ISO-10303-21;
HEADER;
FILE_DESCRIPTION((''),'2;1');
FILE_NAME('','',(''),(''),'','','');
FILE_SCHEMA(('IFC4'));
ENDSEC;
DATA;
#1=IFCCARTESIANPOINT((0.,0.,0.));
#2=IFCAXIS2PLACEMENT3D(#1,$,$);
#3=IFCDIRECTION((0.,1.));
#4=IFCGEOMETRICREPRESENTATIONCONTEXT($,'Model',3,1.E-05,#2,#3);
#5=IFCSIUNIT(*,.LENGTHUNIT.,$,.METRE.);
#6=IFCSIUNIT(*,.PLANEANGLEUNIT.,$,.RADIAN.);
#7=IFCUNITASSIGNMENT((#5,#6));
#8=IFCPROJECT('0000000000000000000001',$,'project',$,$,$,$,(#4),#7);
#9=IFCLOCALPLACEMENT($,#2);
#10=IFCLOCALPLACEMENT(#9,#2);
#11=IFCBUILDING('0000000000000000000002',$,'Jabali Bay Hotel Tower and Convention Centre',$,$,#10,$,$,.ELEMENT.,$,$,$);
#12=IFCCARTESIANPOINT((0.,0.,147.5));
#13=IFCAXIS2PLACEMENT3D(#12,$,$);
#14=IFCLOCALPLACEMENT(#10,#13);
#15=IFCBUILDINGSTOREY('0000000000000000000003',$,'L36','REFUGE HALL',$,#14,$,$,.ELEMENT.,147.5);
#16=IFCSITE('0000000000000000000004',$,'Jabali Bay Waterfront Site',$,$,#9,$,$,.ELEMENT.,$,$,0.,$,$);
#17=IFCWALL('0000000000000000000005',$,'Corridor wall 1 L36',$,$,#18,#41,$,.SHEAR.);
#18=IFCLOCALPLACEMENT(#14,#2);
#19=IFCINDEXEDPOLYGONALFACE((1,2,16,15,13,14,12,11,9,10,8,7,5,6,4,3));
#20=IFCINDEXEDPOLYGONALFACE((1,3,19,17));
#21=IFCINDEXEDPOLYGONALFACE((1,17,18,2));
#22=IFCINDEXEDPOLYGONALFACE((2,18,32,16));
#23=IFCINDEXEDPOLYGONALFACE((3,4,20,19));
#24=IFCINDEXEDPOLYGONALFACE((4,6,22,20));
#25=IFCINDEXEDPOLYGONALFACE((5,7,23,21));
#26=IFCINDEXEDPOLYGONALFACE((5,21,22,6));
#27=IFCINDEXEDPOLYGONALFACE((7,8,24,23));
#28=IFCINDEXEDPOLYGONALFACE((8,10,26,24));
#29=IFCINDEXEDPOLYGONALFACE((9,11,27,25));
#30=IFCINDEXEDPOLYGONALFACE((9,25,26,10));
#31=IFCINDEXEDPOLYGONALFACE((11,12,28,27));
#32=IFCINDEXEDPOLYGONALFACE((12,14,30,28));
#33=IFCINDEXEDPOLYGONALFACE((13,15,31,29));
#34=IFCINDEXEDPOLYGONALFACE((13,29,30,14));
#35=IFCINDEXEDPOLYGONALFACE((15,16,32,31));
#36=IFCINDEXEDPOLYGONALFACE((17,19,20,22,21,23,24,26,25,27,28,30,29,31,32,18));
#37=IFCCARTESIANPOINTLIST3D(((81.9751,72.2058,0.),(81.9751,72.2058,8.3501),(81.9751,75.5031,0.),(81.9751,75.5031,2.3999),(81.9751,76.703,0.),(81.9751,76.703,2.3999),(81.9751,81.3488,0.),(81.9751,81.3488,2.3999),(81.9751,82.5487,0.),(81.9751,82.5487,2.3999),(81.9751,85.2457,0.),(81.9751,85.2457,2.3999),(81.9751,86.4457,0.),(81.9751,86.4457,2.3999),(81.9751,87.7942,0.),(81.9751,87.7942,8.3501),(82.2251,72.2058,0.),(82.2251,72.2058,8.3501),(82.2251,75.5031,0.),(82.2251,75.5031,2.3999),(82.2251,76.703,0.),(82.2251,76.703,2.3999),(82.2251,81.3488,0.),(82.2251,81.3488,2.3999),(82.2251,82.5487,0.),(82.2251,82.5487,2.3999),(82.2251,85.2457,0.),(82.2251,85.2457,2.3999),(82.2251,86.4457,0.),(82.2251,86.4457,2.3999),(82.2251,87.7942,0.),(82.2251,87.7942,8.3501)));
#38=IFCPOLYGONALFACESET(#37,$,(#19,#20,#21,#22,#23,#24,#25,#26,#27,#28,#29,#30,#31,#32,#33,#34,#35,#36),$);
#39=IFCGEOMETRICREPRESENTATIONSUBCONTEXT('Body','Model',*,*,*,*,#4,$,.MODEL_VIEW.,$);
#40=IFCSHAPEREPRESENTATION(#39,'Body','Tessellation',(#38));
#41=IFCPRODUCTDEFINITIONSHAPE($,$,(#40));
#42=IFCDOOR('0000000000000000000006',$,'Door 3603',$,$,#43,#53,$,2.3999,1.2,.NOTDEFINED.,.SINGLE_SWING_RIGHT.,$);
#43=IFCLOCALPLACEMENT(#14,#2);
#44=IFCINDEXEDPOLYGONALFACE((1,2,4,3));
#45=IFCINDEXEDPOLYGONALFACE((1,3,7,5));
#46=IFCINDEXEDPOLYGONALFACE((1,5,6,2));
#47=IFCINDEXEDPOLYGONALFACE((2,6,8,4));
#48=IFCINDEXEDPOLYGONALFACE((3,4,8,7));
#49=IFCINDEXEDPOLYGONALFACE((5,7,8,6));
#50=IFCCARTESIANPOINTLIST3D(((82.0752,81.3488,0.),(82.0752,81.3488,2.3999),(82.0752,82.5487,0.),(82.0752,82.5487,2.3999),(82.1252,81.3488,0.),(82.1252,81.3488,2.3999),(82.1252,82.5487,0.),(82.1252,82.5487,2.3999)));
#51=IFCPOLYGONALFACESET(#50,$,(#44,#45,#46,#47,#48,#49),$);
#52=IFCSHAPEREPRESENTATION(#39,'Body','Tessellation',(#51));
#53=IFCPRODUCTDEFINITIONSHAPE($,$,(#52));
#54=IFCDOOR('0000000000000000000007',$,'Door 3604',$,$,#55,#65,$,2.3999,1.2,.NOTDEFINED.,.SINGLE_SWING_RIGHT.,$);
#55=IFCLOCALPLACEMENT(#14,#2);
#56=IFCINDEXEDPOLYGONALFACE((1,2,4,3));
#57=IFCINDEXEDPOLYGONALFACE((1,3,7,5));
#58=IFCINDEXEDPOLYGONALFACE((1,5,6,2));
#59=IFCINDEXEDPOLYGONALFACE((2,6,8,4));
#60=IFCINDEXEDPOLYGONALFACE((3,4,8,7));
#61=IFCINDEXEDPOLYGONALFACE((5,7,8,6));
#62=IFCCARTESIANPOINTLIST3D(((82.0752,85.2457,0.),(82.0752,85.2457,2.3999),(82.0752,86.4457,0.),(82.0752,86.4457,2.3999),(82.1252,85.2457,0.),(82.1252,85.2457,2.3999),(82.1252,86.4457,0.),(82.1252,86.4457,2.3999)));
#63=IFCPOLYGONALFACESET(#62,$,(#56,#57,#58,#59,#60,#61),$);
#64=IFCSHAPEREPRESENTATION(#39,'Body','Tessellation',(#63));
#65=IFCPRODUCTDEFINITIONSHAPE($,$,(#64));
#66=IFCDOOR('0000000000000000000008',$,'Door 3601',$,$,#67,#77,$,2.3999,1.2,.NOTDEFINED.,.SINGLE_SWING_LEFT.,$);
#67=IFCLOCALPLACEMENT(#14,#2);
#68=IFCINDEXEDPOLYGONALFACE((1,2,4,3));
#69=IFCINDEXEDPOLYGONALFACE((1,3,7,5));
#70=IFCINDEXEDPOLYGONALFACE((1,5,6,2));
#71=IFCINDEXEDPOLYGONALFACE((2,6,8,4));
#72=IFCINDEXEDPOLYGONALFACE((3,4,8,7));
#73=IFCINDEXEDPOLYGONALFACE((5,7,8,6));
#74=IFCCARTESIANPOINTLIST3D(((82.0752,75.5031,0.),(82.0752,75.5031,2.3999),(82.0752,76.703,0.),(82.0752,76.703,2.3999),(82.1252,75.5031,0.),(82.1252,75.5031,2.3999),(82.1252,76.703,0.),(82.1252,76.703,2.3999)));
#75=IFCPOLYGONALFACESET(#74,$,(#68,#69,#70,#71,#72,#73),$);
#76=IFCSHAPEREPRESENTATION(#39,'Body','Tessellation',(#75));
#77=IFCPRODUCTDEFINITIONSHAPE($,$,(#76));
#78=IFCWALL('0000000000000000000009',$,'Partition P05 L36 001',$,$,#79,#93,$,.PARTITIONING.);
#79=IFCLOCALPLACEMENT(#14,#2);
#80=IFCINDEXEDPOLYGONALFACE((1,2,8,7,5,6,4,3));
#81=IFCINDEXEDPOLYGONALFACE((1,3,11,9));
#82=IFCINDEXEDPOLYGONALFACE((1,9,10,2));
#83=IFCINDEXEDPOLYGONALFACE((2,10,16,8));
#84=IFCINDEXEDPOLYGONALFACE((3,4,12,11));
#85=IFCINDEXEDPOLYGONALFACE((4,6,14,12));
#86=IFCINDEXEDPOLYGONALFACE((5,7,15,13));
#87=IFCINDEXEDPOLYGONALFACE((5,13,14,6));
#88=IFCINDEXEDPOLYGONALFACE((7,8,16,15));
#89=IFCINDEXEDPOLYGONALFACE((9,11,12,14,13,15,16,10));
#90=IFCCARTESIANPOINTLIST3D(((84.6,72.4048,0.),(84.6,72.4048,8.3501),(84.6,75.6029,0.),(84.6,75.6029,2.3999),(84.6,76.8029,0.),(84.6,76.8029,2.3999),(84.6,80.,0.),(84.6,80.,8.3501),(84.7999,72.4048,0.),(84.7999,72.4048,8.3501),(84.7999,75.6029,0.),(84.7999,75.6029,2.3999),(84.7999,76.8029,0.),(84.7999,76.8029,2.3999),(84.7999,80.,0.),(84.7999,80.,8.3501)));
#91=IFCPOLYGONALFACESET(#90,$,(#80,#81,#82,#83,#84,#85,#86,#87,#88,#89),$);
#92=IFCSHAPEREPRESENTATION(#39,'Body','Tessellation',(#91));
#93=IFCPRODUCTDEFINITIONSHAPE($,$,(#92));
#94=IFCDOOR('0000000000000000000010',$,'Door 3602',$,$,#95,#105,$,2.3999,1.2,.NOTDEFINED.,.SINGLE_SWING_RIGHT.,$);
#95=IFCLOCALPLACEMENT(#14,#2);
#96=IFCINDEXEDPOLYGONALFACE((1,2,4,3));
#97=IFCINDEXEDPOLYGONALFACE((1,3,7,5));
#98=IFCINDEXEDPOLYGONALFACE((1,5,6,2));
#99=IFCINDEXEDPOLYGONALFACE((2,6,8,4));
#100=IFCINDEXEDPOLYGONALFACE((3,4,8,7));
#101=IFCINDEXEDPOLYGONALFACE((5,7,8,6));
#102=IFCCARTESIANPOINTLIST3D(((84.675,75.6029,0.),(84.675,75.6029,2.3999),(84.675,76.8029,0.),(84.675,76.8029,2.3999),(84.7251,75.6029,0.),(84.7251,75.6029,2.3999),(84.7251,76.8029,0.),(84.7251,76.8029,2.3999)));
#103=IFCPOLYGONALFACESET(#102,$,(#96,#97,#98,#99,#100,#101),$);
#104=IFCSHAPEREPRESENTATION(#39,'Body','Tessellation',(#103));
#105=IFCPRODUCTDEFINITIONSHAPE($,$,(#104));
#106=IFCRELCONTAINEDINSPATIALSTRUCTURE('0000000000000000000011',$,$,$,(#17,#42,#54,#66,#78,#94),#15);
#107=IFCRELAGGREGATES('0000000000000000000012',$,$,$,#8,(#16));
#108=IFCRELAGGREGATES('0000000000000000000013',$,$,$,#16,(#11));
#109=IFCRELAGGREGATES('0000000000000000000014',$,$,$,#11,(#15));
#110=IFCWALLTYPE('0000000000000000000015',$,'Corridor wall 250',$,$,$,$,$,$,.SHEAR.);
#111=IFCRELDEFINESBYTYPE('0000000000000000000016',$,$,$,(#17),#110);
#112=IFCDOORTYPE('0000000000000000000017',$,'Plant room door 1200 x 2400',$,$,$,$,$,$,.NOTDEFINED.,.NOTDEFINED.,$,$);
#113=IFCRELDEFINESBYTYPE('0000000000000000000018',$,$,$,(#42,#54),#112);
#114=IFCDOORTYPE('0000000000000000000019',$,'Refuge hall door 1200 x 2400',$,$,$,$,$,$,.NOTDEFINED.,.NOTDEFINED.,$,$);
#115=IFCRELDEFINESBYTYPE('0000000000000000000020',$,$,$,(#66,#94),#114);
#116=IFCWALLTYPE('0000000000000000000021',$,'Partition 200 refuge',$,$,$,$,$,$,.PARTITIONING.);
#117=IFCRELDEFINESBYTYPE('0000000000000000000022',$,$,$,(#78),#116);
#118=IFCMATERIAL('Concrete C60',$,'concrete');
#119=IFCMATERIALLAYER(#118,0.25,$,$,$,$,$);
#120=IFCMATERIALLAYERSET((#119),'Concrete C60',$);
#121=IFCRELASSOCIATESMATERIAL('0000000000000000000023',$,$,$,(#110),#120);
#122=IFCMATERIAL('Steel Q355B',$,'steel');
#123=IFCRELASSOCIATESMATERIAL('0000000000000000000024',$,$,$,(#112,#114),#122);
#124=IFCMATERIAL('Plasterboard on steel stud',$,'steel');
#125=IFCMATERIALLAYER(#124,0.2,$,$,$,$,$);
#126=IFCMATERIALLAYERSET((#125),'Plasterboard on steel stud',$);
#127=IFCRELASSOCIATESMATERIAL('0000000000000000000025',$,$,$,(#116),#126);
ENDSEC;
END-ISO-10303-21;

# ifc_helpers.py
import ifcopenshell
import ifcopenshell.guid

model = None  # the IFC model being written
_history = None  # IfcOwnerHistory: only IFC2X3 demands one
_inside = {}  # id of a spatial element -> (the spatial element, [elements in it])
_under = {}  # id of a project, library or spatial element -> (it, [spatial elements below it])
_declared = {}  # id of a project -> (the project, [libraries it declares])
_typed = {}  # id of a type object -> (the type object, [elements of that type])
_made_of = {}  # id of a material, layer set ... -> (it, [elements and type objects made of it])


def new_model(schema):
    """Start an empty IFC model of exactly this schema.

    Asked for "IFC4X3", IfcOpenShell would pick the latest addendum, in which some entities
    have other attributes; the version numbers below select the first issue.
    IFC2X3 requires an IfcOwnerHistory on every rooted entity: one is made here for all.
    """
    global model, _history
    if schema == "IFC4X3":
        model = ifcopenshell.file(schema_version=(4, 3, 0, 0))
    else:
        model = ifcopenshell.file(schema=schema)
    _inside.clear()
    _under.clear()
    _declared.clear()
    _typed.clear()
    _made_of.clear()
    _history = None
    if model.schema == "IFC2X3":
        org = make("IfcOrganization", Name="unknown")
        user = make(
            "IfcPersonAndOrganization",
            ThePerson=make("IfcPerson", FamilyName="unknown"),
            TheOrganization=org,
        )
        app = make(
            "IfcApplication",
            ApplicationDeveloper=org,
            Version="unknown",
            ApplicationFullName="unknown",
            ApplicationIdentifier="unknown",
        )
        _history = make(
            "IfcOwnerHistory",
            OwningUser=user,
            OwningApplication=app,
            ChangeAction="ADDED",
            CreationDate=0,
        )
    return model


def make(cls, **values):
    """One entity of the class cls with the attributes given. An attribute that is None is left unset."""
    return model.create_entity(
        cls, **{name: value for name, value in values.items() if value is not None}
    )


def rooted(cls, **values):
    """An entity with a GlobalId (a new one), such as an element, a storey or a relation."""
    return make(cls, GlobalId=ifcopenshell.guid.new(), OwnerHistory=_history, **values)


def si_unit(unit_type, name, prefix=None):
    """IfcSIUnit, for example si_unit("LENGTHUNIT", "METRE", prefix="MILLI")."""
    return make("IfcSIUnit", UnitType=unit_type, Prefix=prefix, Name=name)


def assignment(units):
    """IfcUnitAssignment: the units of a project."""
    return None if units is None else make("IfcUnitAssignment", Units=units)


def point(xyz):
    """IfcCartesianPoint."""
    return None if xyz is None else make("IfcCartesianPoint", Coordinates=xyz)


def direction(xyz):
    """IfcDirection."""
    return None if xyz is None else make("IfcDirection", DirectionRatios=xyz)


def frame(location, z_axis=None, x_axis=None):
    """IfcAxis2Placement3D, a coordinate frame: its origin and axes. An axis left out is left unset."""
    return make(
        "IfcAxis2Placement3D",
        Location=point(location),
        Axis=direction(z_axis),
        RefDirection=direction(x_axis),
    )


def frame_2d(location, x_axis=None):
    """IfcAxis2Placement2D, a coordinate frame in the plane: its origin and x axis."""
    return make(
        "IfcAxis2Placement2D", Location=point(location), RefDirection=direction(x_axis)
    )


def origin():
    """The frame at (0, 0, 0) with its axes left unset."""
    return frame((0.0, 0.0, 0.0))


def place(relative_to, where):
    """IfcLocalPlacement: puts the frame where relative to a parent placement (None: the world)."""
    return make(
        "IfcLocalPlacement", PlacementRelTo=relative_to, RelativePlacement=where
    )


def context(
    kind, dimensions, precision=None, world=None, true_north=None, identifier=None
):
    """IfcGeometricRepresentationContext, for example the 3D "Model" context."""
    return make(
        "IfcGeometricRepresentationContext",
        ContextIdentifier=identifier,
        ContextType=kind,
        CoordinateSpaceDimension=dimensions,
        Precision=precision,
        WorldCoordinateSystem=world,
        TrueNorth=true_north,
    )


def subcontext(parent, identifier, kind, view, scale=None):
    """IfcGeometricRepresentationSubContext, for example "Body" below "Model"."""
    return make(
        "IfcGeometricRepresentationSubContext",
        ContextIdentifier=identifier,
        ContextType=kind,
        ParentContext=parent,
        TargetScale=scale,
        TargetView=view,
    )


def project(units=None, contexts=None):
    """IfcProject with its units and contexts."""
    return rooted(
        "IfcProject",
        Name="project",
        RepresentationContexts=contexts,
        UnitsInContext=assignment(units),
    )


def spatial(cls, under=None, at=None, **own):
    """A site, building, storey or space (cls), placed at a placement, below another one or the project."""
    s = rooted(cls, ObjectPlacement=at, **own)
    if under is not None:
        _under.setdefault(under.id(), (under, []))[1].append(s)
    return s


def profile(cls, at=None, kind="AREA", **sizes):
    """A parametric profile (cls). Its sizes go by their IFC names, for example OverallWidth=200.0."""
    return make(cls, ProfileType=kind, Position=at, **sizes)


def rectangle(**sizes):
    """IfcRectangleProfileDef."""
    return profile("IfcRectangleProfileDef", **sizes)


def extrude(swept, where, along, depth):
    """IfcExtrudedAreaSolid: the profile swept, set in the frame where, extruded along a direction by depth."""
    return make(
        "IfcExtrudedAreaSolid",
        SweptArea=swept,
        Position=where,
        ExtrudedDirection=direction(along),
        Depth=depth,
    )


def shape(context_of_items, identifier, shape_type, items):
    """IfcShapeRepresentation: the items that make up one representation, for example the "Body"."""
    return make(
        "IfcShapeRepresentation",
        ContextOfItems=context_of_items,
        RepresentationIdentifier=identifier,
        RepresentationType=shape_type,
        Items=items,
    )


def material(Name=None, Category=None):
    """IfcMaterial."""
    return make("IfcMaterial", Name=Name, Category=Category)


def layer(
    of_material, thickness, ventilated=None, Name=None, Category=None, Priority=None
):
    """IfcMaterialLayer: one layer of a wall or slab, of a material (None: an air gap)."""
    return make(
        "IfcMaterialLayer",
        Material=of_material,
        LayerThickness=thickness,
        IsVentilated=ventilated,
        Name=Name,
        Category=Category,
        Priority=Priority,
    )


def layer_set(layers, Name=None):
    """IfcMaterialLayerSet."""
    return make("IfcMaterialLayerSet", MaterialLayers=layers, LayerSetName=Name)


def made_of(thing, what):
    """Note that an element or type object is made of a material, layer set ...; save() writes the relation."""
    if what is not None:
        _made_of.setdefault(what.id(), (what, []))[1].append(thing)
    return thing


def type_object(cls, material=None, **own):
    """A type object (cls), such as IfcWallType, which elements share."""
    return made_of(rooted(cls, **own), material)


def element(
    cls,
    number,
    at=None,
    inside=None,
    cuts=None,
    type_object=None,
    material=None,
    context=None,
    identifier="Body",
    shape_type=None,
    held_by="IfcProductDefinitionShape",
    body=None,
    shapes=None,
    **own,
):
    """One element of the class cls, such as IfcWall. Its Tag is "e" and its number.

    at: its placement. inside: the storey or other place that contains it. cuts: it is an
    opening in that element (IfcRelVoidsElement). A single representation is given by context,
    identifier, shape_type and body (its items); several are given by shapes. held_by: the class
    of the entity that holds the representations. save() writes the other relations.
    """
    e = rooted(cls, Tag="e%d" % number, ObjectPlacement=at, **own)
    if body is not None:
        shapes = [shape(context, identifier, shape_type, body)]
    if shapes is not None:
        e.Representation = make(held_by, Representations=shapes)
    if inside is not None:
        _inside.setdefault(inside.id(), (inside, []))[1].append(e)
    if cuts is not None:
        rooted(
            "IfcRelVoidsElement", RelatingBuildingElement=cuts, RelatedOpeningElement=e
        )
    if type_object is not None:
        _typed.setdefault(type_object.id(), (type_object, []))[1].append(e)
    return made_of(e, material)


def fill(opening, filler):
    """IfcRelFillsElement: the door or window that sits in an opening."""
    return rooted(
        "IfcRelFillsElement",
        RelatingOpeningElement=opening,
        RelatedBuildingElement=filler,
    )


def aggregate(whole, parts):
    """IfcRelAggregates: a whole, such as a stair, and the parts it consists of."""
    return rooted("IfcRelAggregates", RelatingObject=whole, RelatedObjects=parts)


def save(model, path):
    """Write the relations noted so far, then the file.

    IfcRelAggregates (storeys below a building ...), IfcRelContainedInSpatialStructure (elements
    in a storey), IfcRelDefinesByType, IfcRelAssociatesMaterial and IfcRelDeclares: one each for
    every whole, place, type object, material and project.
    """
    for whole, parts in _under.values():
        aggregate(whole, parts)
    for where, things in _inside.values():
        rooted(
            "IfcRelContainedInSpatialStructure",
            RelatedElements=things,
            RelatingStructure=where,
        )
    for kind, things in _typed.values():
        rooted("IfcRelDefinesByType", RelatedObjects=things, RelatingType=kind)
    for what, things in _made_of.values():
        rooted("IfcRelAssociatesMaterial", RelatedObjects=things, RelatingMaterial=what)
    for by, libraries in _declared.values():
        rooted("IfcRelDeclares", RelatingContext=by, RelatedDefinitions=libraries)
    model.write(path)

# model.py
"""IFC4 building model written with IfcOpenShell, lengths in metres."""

from ifc_helpers import new_model, si_unit, direction, frame, frame_2d, origin, place, context, subcontext, project, spatial, rectangle, extrude, material, layer, layer_set, type_object, element, fill, save


model = new_model("IFC4")

# Units and contexts
model_context = context("Model", 3, precision=1e-05, world=origin(), true_north=direction((0.0, 1.0)))
body_context = subcontext(model_context, "Body", "Model", "MODEL_VIEW")
ifc_project = project(units=[si_unit("LENGTHUNIT", "METRE"), si_unit("PLANEANGLEUNIT", "RADIAN")], contexts=[model_context])

# Site, building, storey
site_placement = place(None, origin())
site = spatial("IfcSite", under=ifc_project, at=site_placement, Name="Jabali Bay Waterfront Site", CompositionType="ELEMENT", RefElevation=0.0)
building_placement = place(site_placement, origin())
building = spatial("IfcBuilding", under=site, at=building_placement, Name="Jabali Bay Hotel Tower and Convention Centre", CompositionType="ELEMENT")
storey_placement = place(building_placement, frame((0.0, 0.0, 147.5)))
storey = spatial("IfcBuildingStorey", under=building, at=storey_placement, Name="L36", Description="REFUGE HALL", CompositionType="ELEMENT", Elevation=147.5)

# Shared definitions
ifc_material_1 = material(Name="Concrete C60", Category="concrete")

# Wall, openings, doors
ifc_layer_1 = layer(ifc_material_1, 0.25)
ifc_layer_set_1 = layer_set([ifc_layer_1], Name="Concrete C60")
wall_type_1 = type_object("IfcWallType", Name="Corridor wall 250", PredefinedType="SHEAR", material=ifc_layer_set_1)
wall_1_placement = place(storey_placement, frame((82.1001, 72.2058, 0.0), z_axis=(0.0, 0.0, 1.0), x_axis=(0.0, 1.0, 0.0)))
wall_1 = element("IfcWall", 1, at=wall_1_placement, inside=storey, type_object=wall_type_1, Name="Corridor wall 1 L36", PredefinedType="SHEAR", context=body_context, shape_type="SweptSolid", body=[
    extrude(rectangle(XDim=15.5884, YDim=0.25, at=frame_2d((7.7942, 0.0))), origin(), (0.0, 0.0, 1.0), 8.3501),
])
opening_1_placement = place(wall_1_placement, frame((3.2971, 0.0, 0.0)))
opening_1 = element("IfcOpeningElement", 2, at=opening_1_placement, cuts=wall_1, PredefinedType="OPENING", context=body_context, shape_type="SweptSolid", body=[
    extrude(rectangle(XDim=1.2, YDim=2.3999, at=frame_2d((0.6001, 1.2))), frame((0.0, 0.1355, 0.0), z_axis=(0.0, -1.0, 0.0), x_axis=(1.0, 0.0, 0.0)), (0.0, 0.0, 1.0), 0.271),
])
opening_2_placement = place(wall_1_placement, frame((9.1428, 0.0, 0.0)))
opening_2 = element("IfcOpeningElement", 3, at=opening_2_placement, cuts=wall_1, PredefinedType="OPENING", context=body_context, shape_type="SweptSolid", body=[
    extrude(rectangle(XDim=1.2, YDim=2.3999, at=frame_2d((0.6001, 1.2))), frame((0.0, 0.1355, 0.0), z_axis=(0.0, -1.0, 0.0), x_axis=(1.0, 0.0, 0.0)), (0.0, 0.0, 1.0), 0.271),
])
opening_3_placement = place(wall_1_placement, frame((13.0398, 0.0, 0.0)))
opening_3 = element("IfcOpeningElement", 4, at=opening_3_placement, cuts=wall_1, PredefinedType="OPENING", context=body_context, shape_type="SweptSolid", body=[
    extrude(rectangle(XDim=1.2, YDim=2.3999, at=frame_2d((0.6001, 1.2))), frame((0.0, 0.1355, 0.0), z_axis=(0.0, -1.0, 0.0), x_axis=(1.0, 0.0, 0.0)), (0.0, 0.0, 1.0), 0.271),
])
ifc_material_2 = material(Name="Steel Q355B", Category="steel")
door_type_1 = type_object("IfcDoorType", Name="Plant room door 1200 x 2400", OperationType="NOTDEFINED", PredefinedType="NOTDEFINED", material=ifc_material_2)
door_1_placement = place(opening_2_placement, origin())
door_1 = element("IfcDoor", 5, at=door_1_placement, inside=storey, type_object=door_type_1, Name="Door 3603", OperationType="SINGLE_SWING_RIGHT", OverallHeight=2.3999, OverallWidth=1.2, PredefinedType="NOTDEFINED", context=body_context, shape_type="SweptSolid", body=[
    extrude(rectangle(XDim=1.2, YDim=2.3999, at=frame_2d((0.6001, 1.2))), frame((0.0, 0.0249, 0.0), z_axis=(0.0, -1.0, 0.0), x_axis=(1.0, 0.0, 0.0)), (0.0, 0.0, 1.0), 0.05),
])
fill(opening_2, door_1)
door_2_placement = place(opening_3_placement, origin())
door_2 = element("IfcDoor", 6, at=door_2_placement, inside=storey, type_object=door_type_1, Name="Door 3604", OperationType="SINGLE_SWING_RIGHT", OverallHeight=2.3999, OverallWidth=1.2, PredefinedType="NOTDEFINED", context=body_context, shape_type="SweptSolid", body=[
    extrude(rectangle(XDim=1.2, YDim=2.3999, at=frame_2d((0.6001, 1.2))), frame((0.0, 0.0249, 0.0), z_axis=(0.0, -1.0, 0.0), x_axis=(1.0, 0.0, 0.0)), (0.0, 0.0, 1.0), 0.05),
])
fill(opening_3, door_2)
door_type_2 = type_object("IfcDoorType", Name="Refuge hall door 1200 x 2400", OperationType="NOTDEFINED", PredefinedType="NOTDEFINED", material=ifc_material_2)
door_3_placement = place(opening_1_placement, origin())
door_3 = element("IfcDoor", 7, at=door_3_placement, inside=storey, type_object=door_type_2, Name="Door 3601", OperationType="SINGLE_SWING_LEFT", OverallHeight=2.3999, OverallWidth=1.2, PredefinedType="NOTDEFINED", context=body_context, shape_type="SweptSolid", body=[
    extrude(rectangle(XDim=1.2, YDim=2.3999, at=frame_2d((0.6001, 1.2))), frame((0.0, 0.0249, 0.0), z_axis=(0.0, -1.0, 0.0), x_axis=(1.0, 0.0, 0.0)), (0.0, 0.0, 1.0), 0.05),
])
fill(opening_1, door_3)

# Wall, opening, door
ifc_material_3 = material(Name="Plasterboard on steel stud", Category="steel")
ifc_layer_2 = layer(ifc_material_3, 0.2)
ifc_layer_set_2 = layer_set([ifc_layer_2], Name="Plasterboard on steel stud")
wall_type_2 = type_object("IfcWallType", Name="Partition 200 refuge", PredefinedType="PARTITIONING", material=ifc_layer_set_2)
wall_2_placement = place(storey_placement, frame((84.7, 72.4048, 0.0), z_axis=(0.0, 0.0, 1.0), x_axis=(0.0, 1.0, 0.0)))
wall_2 = element("IfcWall", 8, at=wall_2_placement, inside=storey, type_object=wall_type_2, Name="Partition P05 L36 001", PredefinedType="PARTITIONING", context=body_context, shape_type="SweptSolid", body=[
    extrude(rectangle(XDim=7.5952, YDim=0.2, at=frame_2d((3.7976, 0.0))), origin(), (0.0, 0.0, 1.0), 8.3501),
])
opening_4_placement = place(wall_2_placement, frame((3.198, 0.0, 0.0)))
opening_4 = element("IfcOpeningElement", 9, at=opening_4_placement, cuts=wall_2, PredefinedType="OPENING", context=body_context, shape_type="SweptSolid", body=[
    extrude(rectangle(XDim=1.2, YDim=2.3999, at=frame_2d((0.6001, 1.2))), frame((0.0, 0.1104, 0.0), z_axis=(0.0, -1.0, 0.0), x_axis=(1.0, 0.0, 0.0)), (0.0, 0.0, 1.0), 0.2209),
])
door_4_placement = place(opening_4_placement, origin())
door_4 = element("IfcDoor", 10, at=door_4_placement, inside=storey, type_object=door_type_2, Name="Door 3602", OperationType="SINGLE_SWING_RIGHT", OverallHeight=2.3999, OverallWidth=1.2, PredefinedType="NOTDEFINED", context=body_context, shape_type="SweptSolid", body=[
    extrude(rectangle(XDim=1.2, YDim=2.3999, at=frame_2d((0.6001, 1.2))), frame((0.0, 0.0249, 0.0), z_axis=(0.0, -1.0, 0.0), x_axis=(1.0, 0.0, 0.0)), (0.0, 0.0, 1.0), 0.05),
])
fill(opening_4, door_4)

save(model, "model.ifc")
